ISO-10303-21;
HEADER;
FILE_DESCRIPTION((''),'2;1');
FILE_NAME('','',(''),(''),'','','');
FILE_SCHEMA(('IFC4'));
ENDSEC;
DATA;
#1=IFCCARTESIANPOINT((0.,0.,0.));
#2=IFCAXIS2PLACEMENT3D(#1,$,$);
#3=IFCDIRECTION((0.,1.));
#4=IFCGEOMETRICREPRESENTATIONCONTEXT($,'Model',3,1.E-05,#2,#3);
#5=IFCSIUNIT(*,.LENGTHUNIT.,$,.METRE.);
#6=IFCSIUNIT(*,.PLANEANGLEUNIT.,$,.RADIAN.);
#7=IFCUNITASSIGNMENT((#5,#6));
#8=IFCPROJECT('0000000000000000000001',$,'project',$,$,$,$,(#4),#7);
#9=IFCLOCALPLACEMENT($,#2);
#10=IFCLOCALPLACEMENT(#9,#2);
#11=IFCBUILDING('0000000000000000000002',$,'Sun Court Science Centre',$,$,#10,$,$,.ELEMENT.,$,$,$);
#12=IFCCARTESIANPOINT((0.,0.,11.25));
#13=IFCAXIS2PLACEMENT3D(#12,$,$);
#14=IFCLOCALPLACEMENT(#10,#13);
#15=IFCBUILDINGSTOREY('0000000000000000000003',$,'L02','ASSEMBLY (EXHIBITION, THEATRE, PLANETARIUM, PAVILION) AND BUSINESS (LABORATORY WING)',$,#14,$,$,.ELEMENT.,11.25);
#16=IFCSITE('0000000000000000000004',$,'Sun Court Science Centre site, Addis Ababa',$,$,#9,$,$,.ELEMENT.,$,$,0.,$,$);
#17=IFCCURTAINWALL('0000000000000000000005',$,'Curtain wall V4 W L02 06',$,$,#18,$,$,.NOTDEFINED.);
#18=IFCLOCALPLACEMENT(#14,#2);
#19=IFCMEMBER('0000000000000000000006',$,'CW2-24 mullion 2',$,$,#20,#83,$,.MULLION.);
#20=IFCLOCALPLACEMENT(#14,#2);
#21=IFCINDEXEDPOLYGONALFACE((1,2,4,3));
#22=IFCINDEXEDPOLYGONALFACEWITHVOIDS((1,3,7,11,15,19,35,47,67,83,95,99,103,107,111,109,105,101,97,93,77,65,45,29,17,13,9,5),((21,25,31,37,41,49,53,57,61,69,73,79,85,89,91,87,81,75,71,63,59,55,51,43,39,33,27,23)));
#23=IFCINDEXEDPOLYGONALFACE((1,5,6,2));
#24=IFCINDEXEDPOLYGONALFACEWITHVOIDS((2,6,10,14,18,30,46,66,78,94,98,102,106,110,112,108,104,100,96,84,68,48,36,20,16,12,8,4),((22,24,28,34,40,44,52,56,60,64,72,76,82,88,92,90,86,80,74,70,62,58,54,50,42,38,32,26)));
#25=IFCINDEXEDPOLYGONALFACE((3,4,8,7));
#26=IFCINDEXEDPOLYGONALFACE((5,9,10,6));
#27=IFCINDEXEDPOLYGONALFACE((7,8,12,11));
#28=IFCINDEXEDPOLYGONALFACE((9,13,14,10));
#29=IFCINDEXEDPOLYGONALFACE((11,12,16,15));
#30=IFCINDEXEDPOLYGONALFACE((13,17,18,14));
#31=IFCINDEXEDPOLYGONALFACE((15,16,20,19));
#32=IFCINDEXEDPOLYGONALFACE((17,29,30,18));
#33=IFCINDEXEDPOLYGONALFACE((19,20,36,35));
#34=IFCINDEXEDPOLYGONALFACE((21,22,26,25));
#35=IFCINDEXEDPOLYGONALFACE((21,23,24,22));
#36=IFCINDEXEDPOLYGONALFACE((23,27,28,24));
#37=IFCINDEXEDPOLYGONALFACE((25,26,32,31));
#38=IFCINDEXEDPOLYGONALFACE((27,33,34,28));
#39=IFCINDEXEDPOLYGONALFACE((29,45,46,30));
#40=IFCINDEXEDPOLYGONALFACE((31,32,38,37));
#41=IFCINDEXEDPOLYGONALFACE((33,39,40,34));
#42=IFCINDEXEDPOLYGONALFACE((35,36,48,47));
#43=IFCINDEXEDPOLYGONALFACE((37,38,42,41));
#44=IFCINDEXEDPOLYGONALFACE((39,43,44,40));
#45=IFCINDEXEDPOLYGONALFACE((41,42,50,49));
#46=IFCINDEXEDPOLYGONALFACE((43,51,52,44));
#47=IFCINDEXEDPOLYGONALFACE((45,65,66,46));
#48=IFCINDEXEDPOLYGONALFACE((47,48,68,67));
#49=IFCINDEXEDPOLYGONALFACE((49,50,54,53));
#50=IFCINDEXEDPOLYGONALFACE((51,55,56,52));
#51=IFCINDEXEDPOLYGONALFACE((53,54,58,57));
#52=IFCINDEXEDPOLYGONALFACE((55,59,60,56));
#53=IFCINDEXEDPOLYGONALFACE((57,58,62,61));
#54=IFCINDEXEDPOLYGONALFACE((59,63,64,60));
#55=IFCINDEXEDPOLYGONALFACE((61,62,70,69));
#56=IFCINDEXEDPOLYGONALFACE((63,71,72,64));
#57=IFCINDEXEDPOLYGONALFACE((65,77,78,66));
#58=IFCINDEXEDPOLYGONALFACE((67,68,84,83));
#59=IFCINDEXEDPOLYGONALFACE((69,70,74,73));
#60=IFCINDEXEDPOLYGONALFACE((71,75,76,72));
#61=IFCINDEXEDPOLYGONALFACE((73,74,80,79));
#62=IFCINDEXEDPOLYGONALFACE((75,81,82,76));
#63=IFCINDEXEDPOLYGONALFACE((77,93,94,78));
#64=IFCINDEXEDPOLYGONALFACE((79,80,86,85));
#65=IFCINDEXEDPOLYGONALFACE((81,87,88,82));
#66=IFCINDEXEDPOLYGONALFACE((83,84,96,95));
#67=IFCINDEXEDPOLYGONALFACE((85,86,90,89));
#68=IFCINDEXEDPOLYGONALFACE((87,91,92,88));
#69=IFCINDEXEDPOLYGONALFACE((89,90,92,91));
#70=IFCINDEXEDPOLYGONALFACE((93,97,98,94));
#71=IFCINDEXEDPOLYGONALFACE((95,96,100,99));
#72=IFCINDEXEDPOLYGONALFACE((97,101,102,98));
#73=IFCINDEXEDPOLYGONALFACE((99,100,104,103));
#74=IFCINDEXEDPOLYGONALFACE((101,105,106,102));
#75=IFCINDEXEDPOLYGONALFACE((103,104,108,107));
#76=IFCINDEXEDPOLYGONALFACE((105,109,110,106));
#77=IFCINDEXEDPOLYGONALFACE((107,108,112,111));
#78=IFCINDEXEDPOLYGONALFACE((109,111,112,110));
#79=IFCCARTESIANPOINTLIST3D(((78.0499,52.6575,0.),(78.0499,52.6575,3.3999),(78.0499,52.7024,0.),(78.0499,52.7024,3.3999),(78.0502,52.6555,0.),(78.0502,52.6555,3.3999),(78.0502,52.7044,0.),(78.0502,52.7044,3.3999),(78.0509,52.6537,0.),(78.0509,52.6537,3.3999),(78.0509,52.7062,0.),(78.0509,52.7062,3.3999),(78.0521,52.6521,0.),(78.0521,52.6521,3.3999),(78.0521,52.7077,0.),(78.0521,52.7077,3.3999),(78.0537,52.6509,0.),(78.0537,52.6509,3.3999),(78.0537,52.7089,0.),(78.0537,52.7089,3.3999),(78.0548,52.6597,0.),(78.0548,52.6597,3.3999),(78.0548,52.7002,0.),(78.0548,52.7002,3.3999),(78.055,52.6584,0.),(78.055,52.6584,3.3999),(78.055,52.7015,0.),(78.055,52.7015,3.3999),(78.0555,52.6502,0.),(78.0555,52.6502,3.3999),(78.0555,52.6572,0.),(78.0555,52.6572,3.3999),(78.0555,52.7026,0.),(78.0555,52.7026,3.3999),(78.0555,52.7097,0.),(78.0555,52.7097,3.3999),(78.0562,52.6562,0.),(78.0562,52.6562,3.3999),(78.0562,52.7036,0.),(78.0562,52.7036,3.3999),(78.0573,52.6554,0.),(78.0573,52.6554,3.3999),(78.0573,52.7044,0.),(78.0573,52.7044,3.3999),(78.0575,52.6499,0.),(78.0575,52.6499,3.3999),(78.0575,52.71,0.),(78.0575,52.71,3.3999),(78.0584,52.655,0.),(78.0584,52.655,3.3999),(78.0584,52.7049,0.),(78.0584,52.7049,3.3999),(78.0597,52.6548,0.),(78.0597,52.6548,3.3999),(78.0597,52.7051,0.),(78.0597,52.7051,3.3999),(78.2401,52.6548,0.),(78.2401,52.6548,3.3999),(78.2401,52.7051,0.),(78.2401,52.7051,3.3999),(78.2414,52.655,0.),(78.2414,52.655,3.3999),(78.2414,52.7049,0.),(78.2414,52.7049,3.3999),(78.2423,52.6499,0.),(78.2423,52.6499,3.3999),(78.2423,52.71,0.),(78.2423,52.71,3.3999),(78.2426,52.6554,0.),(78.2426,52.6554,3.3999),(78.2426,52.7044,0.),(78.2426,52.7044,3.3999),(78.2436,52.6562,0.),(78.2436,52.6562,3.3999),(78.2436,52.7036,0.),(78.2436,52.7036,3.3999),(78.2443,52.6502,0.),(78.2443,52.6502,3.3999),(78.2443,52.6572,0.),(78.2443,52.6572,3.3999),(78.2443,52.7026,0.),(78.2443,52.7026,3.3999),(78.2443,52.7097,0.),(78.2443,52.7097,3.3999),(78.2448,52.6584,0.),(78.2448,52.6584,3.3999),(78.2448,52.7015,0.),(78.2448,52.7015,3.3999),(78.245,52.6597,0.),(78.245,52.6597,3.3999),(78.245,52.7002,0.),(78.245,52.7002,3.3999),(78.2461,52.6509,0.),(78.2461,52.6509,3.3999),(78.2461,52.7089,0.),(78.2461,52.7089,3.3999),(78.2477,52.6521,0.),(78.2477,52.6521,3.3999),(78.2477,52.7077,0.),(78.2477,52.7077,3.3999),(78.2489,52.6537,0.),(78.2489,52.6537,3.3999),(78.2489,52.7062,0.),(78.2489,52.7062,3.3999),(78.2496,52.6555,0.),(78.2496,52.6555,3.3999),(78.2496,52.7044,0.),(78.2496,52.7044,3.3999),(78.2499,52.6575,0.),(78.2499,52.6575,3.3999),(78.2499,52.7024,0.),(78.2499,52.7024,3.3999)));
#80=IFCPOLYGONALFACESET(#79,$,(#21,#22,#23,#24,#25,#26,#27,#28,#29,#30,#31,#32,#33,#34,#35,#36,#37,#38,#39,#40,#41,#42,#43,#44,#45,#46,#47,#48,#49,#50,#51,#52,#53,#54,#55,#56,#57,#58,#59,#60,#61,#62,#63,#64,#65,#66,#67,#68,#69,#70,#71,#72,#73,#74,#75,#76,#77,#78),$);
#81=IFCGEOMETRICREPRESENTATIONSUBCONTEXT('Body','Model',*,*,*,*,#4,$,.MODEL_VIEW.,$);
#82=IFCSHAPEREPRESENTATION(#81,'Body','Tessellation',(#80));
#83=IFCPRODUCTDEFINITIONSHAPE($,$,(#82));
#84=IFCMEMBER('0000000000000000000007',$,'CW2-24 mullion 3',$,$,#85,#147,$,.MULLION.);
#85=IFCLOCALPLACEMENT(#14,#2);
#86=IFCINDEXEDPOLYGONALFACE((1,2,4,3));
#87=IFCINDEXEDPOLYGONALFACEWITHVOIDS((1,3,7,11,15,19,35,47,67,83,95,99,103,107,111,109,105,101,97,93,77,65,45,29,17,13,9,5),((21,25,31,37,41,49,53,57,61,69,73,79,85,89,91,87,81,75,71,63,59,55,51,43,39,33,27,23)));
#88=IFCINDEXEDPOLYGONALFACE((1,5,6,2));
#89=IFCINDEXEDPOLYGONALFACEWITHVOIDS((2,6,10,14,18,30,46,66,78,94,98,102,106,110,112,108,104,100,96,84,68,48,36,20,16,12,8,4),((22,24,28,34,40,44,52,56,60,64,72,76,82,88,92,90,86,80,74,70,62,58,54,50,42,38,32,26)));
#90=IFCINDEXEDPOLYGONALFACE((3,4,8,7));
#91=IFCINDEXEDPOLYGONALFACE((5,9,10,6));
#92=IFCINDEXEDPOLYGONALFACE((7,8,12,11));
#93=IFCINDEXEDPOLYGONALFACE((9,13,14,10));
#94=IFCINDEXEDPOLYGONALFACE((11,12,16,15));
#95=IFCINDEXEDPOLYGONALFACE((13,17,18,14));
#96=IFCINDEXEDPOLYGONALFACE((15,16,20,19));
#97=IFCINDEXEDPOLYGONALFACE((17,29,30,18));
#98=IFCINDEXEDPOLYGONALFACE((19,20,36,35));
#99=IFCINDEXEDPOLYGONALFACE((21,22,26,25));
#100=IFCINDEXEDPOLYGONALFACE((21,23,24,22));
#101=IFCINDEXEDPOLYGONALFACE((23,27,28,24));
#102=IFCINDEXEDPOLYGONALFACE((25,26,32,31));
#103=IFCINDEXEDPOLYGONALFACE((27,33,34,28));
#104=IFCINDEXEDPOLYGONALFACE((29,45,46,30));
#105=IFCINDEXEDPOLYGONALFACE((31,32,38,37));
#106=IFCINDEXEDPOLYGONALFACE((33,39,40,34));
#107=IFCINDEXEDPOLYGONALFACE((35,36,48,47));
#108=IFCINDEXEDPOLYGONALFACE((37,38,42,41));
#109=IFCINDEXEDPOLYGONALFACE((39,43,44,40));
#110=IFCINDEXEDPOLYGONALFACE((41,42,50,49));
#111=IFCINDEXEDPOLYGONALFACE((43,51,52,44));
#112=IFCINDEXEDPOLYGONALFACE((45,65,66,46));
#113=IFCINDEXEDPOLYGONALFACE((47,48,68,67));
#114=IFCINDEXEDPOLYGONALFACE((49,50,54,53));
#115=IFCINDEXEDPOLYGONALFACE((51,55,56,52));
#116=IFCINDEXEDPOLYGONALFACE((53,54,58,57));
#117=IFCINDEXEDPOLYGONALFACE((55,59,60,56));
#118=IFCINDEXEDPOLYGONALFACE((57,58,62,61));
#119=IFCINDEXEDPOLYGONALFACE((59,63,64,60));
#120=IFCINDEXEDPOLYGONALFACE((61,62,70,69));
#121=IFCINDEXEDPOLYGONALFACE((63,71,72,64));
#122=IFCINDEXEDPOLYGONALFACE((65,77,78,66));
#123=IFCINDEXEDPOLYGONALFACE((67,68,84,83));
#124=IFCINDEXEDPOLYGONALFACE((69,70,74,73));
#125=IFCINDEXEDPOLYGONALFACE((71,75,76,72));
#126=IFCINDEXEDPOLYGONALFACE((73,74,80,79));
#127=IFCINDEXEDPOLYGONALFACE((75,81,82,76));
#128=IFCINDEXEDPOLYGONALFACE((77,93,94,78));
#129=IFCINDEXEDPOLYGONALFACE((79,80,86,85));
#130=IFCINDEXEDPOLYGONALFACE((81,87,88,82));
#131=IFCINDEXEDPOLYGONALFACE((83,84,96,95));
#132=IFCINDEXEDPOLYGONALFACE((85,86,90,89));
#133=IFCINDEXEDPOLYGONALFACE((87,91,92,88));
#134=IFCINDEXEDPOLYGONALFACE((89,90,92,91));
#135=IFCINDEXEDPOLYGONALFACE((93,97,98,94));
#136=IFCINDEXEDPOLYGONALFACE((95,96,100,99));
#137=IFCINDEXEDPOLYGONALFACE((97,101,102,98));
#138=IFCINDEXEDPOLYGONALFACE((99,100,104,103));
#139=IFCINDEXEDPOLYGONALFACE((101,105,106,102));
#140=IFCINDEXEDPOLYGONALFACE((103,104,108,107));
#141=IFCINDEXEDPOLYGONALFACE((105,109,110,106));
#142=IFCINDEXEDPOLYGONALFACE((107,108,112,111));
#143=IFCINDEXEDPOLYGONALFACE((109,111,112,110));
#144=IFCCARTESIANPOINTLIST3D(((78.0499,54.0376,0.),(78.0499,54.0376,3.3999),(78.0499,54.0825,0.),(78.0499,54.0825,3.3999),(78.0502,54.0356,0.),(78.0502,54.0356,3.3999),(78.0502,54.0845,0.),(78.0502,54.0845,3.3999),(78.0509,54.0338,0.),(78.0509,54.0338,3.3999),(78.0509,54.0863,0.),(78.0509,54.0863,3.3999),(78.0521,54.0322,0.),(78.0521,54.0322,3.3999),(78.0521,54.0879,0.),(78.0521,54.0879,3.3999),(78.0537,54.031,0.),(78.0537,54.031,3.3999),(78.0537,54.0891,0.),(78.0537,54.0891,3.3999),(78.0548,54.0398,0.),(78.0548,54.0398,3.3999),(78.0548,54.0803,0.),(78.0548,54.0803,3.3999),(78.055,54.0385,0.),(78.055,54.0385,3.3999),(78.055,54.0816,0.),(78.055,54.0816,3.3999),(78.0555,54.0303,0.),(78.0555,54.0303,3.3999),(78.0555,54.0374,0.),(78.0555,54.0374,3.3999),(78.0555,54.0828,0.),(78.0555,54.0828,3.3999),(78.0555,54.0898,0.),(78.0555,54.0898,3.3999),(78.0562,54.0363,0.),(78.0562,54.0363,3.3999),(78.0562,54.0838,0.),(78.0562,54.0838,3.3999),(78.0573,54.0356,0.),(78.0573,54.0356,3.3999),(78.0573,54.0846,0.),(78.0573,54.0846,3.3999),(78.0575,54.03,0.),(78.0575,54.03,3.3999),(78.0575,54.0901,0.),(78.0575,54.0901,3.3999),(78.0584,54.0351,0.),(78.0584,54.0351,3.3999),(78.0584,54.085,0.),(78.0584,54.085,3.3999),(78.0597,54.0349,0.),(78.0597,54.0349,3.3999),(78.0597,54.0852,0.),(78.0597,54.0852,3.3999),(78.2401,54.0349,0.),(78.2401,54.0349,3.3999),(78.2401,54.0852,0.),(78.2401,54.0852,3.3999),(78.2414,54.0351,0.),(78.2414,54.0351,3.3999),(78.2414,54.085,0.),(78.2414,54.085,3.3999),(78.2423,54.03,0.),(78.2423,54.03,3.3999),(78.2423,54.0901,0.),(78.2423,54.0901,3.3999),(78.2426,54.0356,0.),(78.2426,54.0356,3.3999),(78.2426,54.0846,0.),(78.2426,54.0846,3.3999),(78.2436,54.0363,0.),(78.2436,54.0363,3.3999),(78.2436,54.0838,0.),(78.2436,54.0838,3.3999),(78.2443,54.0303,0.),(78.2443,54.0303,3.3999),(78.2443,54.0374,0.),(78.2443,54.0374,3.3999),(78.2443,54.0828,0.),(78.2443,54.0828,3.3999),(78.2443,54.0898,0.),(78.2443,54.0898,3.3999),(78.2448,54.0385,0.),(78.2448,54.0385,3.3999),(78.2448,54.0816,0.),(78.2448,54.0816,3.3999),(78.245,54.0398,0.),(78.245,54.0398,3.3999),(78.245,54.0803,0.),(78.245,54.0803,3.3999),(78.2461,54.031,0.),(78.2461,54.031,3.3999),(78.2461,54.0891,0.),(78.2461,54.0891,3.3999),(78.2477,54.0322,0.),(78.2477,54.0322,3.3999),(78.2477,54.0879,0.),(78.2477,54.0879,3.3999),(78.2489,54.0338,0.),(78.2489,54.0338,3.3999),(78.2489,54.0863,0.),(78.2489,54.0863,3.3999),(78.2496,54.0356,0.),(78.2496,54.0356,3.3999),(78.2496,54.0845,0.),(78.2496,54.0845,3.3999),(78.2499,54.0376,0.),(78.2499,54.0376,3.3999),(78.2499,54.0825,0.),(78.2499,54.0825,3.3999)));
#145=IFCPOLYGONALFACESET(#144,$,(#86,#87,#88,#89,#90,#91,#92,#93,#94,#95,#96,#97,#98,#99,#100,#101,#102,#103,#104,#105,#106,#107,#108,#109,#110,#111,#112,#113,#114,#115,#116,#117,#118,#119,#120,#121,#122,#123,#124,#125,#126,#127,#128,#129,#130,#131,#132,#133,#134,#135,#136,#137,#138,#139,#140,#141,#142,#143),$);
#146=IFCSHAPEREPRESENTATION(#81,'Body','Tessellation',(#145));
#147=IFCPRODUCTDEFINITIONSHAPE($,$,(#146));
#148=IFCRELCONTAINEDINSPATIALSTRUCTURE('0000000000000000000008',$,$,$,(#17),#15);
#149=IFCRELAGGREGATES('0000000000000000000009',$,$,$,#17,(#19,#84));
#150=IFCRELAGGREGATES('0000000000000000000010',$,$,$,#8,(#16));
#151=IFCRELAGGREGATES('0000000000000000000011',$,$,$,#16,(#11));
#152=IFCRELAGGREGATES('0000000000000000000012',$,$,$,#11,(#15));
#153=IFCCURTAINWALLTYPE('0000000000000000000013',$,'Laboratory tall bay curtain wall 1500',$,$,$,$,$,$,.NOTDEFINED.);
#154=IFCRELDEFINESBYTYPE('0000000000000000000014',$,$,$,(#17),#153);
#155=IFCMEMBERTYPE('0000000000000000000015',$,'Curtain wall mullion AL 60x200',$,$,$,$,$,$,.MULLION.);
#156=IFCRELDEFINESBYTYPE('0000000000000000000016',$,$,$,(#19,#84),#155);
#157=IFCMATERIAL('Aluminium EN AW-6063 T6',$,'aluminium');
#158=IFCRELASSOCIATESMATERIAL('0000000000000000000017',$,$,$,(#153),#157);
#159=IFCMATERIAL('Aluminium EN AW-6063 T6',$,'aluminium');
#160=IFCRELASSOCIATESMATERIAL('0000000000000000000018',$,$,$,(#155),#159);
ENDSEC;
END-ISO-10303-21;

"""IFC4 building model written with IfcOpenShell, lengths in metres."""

from ifc_helpers import new_model, si_unit, direction, frame, origin, origin_2d, place, context, subcontext, project, spatial, hollow_rectangle, extrude, material, material_profile, profile_set, type_object, element, aggregate, save


model = new_model("IFC4")

# Units and contexts
model_context = context("Model", 3, precision=1e-05, world=origin(), true_north=direction((0.0, 1.0)))
body_context = subcontext(model_context, "Body", "Model", "MODEL_VIEW")
ifc_project = project(units=[si_unit("LENGTHUNIT", "METRE"), si_unit("PLANEANGLEUNIT", "RADIAN")], contexts=[model_context])

# Site, building, storey
site_placement = place(None, origin())
site = spatial("IfcSite", under=ifc_project, at=site_placement, Name="Sun Court Science Centre site, Addis Ababa", CompositionType="ELEMENT", RefElevation=0.0)
building_placement = place(site_placement, origin())
building = spatial("IfcBuilding", under=site, at=building_placement, Name="Sun Court Science Centre", CompositionType="ELEMENT")
storey_placement = place(building_placement, frame((0.0, 0.0, 11.25)))
storey = spatial("IfcBuildingStorey", under=building, at=storey_placement, Name="L02", Description="ASSEMBLY (EXHIBITION, THEATRE, PLANETARIUM, PAVILION) AND BUSINESS (LABORATORY WING)", CompositionType="ELEMENT", Elevation=11.25)

# Shared definitions
ifc_material_1 = material(Name="Aluminium EN AW-6063 T6", Category="aluminium")
curtain_wall_type = type_object("IfcCurtainWallType", Name="Laboratory tall bay curtain wall 1500", PredefinedType="NOTDEFINED", material=ifc_material_1)
ifc_material_2 = material(Name="Aluminium EN AW-6063 T6", Category="aluminium")
ifc_material_profile_1 = material_profile(ifc_material_2, hollow_rectangle(XDim=0.0601, YDim=0.2, WallThickness=0.0049, InnerFilletRadius=0.0049, OuterFilletRadius=0.0076, at=origin_2d()), Name="AL 60x200x5")
ifc_profile_set_1 = profile_set([ifc_material_profile_1], Name="Aluminium EN AW-6063 T6")
member_type_1 = type_object("IfcMemberType", Name="Curtain wall mullion AL 60x200", PredefinedType="MULLION", material=ifc_profile_set_1)

# Curtain wall, members
curtain_wall_1_placement = place(storey_placement, origin())
curtain_wall_1 = element("IfcCurtainWall", 1, at=curtain_wall_1_placement, inside=storey, type_object=curtain_wall_type, Name="Curtain wall V4 W L02 06", PredefinedType="NOTDEFINED")
member_1_placement = place(storey_placement, frame((78.1499, 52.6799, 0.0), z_axis=(0.0, 0.0, 1.0), x_axis=(0.0, 1.0, 0.0)))
member_1 = element("IfcMember", 2, at=member_1_placement, type_object=member_type_1, Name="CW2-24 mullion 2", PredefinedType="MULLION", context=body_context, shape_type="SweptSolid", body=[
    extrude(hollow_rectangle(XDim=0.0601, YDim=0.2, WallThickness=0.0049, InnerFilletRadius=0.0049, OuterFilletRadius=0.0076, at=origin_2d()), origin(), (0.0, 0.0, 1.0), 3.3999),
])
member_2_placement = place(storey_placement, frame((78.1499, 54.0601, 0.0), z_axis=(0.0, 0.0, 1.0), x_axis=(0.0, 1.0, 0.0)))
member_2 = element("IfcMember", 3, at=member_2_placement, type_object=member_type_1, Name="CW2-24 mullion 3", PredefinedType="MULLION", context=body_context, shape_type="SweptSolid", body=[
    extrude(hollow_rectangle(XDim=0.0601, YDim=0.2, WallThickness=0.0049, InnerFilletRadius=0.0049, OuterFilletRadius=0.0076, at=origin_2d()), origin(), (0.0, 0.0, 1.0), 3.3999),
])
aggregate(curtain_wall_1, [member_1, member_2])

save(model, "model.ifc")
